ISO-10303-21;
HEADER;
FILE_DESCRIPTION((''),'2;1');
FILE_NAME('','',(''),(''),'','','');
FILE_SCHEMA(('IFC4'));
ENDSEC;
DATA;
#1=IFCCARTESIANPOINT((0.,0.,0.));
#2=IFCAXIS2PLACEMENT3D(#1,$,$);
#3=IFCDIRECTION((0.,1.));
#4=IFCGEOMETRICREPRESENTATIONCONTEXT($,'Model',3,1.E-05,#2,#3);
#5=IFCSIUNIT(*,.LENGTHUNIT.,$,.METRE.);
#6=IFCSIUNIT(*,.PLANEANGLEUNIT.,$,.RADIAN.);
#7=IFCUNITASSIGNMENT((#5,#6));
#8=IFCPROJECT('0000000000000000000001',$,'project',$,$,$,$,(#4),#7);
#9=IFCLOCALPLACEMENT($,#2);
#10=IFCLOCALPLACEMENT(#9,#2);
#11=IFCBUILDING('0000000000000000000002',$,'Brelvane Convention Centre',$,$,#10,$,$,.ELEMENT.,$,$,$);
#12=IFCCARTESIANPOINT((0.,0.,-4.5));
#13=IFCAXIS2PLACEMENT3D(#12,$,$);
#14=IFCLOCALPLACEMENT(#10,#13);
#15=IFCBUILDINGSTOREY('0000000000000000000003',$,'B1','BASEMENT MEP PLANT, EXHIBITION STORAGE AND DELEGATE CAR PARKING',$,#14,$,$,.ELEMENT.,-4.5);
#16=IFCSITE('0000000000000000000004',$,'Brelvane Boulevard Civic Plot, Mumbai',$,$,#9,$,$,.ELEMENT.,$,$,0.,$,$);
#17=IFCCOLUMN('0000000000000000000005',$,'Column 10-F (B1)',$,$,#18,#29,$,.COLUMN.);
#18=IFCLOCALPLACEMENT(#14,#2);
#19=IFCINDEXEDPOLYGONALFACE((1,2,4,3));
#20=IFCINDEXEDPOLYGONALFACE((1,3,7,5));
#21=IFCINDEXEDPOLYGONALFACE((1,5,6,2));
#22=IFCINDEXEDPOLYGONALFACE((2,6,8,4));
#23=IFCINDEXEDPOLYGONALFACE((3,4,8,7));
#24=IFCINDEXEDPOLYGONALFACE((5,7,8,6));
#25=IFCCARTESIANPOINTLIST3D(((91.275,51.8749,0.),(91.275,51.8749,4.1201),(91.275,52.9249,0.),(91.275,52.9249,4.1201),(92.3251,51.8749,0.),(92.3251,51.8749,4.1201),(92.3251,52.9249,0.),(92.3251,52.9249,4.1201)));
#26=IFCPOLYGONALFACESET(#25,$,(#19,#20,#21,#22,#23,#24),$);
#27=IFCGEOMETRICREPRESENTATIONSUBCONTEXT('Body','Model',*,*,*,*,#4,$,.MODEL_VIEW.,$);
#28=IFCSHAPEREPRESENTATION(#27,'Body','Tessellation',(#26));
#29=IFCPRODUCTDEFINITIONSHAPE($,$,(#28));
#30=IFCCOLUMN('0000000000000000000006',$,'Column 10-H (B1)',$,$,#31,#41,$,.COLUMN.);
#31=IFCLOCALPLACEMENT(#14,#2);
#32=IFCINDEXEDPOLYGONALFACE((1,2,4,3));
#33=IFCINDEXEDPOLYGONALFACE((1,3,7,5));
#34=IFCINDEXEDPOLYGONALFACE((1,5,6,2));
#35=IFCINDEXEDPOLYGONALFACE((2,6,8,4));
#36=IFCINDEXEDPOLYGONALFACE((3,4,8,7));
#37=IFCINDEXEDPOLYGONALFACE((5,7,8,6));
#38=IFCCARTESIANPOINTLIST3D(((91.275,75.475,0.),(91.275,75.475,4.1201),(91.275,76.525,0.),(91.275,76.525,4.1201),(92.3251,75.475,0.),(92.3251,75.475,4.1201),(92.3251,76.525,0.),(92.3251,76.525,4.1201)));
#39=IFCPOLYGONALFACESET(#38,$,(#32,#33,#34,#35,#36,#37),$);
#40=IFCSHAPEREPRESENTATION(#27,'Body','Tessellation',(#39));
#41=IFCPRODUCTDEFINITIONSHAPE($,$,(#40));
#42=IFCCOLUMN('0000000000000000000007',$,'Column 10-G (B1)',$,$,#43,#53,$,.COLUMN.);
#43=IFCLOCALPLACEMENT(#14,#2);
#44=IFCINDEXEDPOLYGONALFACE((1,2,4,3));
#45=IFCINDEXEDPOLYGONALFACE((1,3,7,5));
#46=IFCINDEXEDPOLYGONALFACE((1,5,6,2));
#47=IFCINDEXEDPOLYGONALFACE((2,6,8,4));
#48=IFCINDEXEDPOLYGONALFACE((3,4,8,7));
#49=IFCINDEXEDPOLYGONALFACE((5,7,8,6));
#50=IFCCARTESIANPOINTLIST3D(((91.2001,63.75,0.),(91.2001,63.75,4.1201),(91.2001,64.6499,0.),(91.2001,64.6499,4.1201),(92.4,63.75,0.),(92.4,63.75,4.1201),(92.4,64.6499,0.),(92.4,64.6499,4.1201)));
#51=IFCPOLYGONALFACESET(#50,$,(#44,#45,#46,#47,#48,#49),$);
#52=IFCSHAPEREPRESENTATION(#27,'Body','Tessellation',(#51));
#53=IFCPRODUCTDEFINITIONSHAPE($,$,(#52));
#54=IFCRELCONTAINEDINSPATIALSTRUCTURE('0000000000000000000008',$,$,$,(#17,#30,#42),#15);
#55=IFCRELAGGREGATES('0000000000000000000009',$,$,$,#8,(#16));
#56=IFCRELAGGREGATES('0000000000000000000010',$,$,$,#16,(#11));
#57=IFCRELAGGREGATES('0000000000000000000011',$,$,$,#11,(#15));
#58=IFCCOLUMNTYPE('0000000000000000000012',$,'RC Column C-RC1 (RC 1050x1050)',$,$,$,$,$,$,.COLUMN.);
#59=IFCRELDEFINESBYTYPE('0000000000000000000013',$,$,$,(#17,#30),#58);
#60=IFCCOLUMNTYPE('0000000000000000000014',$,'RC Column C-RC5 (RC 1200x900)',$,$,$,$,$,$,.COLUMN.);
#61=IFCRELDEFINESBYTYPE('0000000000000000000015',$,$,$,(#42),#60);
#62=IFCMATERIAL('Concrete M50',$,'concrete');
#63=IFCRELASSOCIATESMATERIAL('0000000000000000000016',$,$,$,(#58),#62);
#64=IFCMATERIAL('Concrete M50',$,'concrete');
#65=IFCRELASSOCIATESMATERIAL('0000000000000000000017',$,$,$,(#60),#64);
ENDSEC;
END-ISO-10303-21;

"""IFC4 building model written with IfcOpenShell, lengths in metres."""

from ifc_helpers import new_model, si_unit, direction, frame, origin, origin_2d, place, context, subcontext, project, spatial, rectangle, extrude, material, material_profile, profile_set, type_object, element, save


model = new_model("IFC4")

# Units and contexts
model_context = context("Model", 3, precision=1e-05, world=origin(), true_north=direction((0.0, 1.0)))
body_context = subcontext(model_context, "Body", "Model", "MODEL_VIEW")
ifc_project = project(units=[si_unit("LENGTHUNIT", "METRE"), si_unit("PLANEANGLEUNIT", "RADIAN")], contexts=[model_context])

# Site, building, storey
site_placement = place(None, origin())
site = spatial("IfcSite", under=ifc_project, at=site_placement, Name="Brelvane Boulevard Civic Plot, Mumbai", CompositionType="ELEMENT", RefElevation=0.0)
building_placement = place(site_placement, origin())
building = spatial("IfcBuilding", under=site, at=building_placement, Name="Brelvane Convention Centre", CompositionType="ELEMENT")
storey_placement = place(building_placement, frame((0.0, 0.0, -4.5)))
storey = spatial("IfcBuildingStorey", under=building, at=storey_placement, Name="B1", Description="BASEMENT MEP PLANT, EXHIBITION STORAGE AND DELEGATE CAR PARKING", CompositionType="ELEMENT", Elevation=-4.5)

# Columns
ifc_material_1 = material(Name="Concrete M50", Category="concrete")
ifc_material_profile_1 = material_profile(ifc_material_1, rectangle(XDim=1.05, YDim=1.05, at=origin_2d()), Name="RC 1050x1050")
ifc_profile_set_1 = profile_set([ifc_material_profile_1], Name="Concrete M50")
column_type_1 = type_object("IfcColumnType", Name="RC Column C-RC1 (RC 1050x1050)", PredefinedType="COLUMN", material=ifc_profile_set_1)
for number, where, z_axis, x_axis, name in (
    (1, (91.8, 52.3999, 0.0), (0.0, 0.0, 1.0), (1.0, 0.0, 0.0), "Column 10-F (B1)"),
    (2, (91.8, 76.0, 0.0), (0.0, 0.0, 1.0), (1.0, 0.0, 0.0), "Column 10-H (B1)"),
):
    element("IfcColumn", number, at=place(storey_placement, frame(where, z_axis=z_axis, x_axis=x_axis)), inside=storey, type_object=column_type_1, Name=name, PredefinedType="COLUMN", context=body_context, shape_type="SweptSolid", body=[
        extrude(rectangle(XDim=1.05, YDim=1.05, at=origin_2d()), origin(), (0.0, 0.0, 1.0), 4.1201),
    ])
ifc_material_2 = material(Name="Concrete M50", Category="concrete")
ifc_material_profile_2 = material_profile(ifc_material_2, rectangle(XDim=1.2, YDim=0.8999, at=origin_2d()), Name="RC 1200x900")
ifc_profile_set_2 = profile_set([ifc_material_profile_2], Name="Concrete M50")
column_type_2 = type_object("IfcColumnType", Name="RC Column C-RC5 (RC 1200x900)", PredefinedType="COLUMN", material=ifc_profile_set_2)
column_placement = place(storey_placement, frame((91.8, 64.2, 0.0), z_axis=(0.0, 0.0, 1.0), x_axis=(1.0, 0.0, 0.0)))
element("IfcColumn", 3, at=column_placement, inside=storey, type_object=column_type_2, Name="Column 10-G (B1)", PredefinedType="COLUMN", context=body_context, shape_type="SweptSolid", body=[
    extrude(rectangle(XDim=1.2, YDim=0.8999, at=origin_2d()), origin(), (0.0, 0.0, 1.0), 4.1201),
])

save(model, "model.ifc")
